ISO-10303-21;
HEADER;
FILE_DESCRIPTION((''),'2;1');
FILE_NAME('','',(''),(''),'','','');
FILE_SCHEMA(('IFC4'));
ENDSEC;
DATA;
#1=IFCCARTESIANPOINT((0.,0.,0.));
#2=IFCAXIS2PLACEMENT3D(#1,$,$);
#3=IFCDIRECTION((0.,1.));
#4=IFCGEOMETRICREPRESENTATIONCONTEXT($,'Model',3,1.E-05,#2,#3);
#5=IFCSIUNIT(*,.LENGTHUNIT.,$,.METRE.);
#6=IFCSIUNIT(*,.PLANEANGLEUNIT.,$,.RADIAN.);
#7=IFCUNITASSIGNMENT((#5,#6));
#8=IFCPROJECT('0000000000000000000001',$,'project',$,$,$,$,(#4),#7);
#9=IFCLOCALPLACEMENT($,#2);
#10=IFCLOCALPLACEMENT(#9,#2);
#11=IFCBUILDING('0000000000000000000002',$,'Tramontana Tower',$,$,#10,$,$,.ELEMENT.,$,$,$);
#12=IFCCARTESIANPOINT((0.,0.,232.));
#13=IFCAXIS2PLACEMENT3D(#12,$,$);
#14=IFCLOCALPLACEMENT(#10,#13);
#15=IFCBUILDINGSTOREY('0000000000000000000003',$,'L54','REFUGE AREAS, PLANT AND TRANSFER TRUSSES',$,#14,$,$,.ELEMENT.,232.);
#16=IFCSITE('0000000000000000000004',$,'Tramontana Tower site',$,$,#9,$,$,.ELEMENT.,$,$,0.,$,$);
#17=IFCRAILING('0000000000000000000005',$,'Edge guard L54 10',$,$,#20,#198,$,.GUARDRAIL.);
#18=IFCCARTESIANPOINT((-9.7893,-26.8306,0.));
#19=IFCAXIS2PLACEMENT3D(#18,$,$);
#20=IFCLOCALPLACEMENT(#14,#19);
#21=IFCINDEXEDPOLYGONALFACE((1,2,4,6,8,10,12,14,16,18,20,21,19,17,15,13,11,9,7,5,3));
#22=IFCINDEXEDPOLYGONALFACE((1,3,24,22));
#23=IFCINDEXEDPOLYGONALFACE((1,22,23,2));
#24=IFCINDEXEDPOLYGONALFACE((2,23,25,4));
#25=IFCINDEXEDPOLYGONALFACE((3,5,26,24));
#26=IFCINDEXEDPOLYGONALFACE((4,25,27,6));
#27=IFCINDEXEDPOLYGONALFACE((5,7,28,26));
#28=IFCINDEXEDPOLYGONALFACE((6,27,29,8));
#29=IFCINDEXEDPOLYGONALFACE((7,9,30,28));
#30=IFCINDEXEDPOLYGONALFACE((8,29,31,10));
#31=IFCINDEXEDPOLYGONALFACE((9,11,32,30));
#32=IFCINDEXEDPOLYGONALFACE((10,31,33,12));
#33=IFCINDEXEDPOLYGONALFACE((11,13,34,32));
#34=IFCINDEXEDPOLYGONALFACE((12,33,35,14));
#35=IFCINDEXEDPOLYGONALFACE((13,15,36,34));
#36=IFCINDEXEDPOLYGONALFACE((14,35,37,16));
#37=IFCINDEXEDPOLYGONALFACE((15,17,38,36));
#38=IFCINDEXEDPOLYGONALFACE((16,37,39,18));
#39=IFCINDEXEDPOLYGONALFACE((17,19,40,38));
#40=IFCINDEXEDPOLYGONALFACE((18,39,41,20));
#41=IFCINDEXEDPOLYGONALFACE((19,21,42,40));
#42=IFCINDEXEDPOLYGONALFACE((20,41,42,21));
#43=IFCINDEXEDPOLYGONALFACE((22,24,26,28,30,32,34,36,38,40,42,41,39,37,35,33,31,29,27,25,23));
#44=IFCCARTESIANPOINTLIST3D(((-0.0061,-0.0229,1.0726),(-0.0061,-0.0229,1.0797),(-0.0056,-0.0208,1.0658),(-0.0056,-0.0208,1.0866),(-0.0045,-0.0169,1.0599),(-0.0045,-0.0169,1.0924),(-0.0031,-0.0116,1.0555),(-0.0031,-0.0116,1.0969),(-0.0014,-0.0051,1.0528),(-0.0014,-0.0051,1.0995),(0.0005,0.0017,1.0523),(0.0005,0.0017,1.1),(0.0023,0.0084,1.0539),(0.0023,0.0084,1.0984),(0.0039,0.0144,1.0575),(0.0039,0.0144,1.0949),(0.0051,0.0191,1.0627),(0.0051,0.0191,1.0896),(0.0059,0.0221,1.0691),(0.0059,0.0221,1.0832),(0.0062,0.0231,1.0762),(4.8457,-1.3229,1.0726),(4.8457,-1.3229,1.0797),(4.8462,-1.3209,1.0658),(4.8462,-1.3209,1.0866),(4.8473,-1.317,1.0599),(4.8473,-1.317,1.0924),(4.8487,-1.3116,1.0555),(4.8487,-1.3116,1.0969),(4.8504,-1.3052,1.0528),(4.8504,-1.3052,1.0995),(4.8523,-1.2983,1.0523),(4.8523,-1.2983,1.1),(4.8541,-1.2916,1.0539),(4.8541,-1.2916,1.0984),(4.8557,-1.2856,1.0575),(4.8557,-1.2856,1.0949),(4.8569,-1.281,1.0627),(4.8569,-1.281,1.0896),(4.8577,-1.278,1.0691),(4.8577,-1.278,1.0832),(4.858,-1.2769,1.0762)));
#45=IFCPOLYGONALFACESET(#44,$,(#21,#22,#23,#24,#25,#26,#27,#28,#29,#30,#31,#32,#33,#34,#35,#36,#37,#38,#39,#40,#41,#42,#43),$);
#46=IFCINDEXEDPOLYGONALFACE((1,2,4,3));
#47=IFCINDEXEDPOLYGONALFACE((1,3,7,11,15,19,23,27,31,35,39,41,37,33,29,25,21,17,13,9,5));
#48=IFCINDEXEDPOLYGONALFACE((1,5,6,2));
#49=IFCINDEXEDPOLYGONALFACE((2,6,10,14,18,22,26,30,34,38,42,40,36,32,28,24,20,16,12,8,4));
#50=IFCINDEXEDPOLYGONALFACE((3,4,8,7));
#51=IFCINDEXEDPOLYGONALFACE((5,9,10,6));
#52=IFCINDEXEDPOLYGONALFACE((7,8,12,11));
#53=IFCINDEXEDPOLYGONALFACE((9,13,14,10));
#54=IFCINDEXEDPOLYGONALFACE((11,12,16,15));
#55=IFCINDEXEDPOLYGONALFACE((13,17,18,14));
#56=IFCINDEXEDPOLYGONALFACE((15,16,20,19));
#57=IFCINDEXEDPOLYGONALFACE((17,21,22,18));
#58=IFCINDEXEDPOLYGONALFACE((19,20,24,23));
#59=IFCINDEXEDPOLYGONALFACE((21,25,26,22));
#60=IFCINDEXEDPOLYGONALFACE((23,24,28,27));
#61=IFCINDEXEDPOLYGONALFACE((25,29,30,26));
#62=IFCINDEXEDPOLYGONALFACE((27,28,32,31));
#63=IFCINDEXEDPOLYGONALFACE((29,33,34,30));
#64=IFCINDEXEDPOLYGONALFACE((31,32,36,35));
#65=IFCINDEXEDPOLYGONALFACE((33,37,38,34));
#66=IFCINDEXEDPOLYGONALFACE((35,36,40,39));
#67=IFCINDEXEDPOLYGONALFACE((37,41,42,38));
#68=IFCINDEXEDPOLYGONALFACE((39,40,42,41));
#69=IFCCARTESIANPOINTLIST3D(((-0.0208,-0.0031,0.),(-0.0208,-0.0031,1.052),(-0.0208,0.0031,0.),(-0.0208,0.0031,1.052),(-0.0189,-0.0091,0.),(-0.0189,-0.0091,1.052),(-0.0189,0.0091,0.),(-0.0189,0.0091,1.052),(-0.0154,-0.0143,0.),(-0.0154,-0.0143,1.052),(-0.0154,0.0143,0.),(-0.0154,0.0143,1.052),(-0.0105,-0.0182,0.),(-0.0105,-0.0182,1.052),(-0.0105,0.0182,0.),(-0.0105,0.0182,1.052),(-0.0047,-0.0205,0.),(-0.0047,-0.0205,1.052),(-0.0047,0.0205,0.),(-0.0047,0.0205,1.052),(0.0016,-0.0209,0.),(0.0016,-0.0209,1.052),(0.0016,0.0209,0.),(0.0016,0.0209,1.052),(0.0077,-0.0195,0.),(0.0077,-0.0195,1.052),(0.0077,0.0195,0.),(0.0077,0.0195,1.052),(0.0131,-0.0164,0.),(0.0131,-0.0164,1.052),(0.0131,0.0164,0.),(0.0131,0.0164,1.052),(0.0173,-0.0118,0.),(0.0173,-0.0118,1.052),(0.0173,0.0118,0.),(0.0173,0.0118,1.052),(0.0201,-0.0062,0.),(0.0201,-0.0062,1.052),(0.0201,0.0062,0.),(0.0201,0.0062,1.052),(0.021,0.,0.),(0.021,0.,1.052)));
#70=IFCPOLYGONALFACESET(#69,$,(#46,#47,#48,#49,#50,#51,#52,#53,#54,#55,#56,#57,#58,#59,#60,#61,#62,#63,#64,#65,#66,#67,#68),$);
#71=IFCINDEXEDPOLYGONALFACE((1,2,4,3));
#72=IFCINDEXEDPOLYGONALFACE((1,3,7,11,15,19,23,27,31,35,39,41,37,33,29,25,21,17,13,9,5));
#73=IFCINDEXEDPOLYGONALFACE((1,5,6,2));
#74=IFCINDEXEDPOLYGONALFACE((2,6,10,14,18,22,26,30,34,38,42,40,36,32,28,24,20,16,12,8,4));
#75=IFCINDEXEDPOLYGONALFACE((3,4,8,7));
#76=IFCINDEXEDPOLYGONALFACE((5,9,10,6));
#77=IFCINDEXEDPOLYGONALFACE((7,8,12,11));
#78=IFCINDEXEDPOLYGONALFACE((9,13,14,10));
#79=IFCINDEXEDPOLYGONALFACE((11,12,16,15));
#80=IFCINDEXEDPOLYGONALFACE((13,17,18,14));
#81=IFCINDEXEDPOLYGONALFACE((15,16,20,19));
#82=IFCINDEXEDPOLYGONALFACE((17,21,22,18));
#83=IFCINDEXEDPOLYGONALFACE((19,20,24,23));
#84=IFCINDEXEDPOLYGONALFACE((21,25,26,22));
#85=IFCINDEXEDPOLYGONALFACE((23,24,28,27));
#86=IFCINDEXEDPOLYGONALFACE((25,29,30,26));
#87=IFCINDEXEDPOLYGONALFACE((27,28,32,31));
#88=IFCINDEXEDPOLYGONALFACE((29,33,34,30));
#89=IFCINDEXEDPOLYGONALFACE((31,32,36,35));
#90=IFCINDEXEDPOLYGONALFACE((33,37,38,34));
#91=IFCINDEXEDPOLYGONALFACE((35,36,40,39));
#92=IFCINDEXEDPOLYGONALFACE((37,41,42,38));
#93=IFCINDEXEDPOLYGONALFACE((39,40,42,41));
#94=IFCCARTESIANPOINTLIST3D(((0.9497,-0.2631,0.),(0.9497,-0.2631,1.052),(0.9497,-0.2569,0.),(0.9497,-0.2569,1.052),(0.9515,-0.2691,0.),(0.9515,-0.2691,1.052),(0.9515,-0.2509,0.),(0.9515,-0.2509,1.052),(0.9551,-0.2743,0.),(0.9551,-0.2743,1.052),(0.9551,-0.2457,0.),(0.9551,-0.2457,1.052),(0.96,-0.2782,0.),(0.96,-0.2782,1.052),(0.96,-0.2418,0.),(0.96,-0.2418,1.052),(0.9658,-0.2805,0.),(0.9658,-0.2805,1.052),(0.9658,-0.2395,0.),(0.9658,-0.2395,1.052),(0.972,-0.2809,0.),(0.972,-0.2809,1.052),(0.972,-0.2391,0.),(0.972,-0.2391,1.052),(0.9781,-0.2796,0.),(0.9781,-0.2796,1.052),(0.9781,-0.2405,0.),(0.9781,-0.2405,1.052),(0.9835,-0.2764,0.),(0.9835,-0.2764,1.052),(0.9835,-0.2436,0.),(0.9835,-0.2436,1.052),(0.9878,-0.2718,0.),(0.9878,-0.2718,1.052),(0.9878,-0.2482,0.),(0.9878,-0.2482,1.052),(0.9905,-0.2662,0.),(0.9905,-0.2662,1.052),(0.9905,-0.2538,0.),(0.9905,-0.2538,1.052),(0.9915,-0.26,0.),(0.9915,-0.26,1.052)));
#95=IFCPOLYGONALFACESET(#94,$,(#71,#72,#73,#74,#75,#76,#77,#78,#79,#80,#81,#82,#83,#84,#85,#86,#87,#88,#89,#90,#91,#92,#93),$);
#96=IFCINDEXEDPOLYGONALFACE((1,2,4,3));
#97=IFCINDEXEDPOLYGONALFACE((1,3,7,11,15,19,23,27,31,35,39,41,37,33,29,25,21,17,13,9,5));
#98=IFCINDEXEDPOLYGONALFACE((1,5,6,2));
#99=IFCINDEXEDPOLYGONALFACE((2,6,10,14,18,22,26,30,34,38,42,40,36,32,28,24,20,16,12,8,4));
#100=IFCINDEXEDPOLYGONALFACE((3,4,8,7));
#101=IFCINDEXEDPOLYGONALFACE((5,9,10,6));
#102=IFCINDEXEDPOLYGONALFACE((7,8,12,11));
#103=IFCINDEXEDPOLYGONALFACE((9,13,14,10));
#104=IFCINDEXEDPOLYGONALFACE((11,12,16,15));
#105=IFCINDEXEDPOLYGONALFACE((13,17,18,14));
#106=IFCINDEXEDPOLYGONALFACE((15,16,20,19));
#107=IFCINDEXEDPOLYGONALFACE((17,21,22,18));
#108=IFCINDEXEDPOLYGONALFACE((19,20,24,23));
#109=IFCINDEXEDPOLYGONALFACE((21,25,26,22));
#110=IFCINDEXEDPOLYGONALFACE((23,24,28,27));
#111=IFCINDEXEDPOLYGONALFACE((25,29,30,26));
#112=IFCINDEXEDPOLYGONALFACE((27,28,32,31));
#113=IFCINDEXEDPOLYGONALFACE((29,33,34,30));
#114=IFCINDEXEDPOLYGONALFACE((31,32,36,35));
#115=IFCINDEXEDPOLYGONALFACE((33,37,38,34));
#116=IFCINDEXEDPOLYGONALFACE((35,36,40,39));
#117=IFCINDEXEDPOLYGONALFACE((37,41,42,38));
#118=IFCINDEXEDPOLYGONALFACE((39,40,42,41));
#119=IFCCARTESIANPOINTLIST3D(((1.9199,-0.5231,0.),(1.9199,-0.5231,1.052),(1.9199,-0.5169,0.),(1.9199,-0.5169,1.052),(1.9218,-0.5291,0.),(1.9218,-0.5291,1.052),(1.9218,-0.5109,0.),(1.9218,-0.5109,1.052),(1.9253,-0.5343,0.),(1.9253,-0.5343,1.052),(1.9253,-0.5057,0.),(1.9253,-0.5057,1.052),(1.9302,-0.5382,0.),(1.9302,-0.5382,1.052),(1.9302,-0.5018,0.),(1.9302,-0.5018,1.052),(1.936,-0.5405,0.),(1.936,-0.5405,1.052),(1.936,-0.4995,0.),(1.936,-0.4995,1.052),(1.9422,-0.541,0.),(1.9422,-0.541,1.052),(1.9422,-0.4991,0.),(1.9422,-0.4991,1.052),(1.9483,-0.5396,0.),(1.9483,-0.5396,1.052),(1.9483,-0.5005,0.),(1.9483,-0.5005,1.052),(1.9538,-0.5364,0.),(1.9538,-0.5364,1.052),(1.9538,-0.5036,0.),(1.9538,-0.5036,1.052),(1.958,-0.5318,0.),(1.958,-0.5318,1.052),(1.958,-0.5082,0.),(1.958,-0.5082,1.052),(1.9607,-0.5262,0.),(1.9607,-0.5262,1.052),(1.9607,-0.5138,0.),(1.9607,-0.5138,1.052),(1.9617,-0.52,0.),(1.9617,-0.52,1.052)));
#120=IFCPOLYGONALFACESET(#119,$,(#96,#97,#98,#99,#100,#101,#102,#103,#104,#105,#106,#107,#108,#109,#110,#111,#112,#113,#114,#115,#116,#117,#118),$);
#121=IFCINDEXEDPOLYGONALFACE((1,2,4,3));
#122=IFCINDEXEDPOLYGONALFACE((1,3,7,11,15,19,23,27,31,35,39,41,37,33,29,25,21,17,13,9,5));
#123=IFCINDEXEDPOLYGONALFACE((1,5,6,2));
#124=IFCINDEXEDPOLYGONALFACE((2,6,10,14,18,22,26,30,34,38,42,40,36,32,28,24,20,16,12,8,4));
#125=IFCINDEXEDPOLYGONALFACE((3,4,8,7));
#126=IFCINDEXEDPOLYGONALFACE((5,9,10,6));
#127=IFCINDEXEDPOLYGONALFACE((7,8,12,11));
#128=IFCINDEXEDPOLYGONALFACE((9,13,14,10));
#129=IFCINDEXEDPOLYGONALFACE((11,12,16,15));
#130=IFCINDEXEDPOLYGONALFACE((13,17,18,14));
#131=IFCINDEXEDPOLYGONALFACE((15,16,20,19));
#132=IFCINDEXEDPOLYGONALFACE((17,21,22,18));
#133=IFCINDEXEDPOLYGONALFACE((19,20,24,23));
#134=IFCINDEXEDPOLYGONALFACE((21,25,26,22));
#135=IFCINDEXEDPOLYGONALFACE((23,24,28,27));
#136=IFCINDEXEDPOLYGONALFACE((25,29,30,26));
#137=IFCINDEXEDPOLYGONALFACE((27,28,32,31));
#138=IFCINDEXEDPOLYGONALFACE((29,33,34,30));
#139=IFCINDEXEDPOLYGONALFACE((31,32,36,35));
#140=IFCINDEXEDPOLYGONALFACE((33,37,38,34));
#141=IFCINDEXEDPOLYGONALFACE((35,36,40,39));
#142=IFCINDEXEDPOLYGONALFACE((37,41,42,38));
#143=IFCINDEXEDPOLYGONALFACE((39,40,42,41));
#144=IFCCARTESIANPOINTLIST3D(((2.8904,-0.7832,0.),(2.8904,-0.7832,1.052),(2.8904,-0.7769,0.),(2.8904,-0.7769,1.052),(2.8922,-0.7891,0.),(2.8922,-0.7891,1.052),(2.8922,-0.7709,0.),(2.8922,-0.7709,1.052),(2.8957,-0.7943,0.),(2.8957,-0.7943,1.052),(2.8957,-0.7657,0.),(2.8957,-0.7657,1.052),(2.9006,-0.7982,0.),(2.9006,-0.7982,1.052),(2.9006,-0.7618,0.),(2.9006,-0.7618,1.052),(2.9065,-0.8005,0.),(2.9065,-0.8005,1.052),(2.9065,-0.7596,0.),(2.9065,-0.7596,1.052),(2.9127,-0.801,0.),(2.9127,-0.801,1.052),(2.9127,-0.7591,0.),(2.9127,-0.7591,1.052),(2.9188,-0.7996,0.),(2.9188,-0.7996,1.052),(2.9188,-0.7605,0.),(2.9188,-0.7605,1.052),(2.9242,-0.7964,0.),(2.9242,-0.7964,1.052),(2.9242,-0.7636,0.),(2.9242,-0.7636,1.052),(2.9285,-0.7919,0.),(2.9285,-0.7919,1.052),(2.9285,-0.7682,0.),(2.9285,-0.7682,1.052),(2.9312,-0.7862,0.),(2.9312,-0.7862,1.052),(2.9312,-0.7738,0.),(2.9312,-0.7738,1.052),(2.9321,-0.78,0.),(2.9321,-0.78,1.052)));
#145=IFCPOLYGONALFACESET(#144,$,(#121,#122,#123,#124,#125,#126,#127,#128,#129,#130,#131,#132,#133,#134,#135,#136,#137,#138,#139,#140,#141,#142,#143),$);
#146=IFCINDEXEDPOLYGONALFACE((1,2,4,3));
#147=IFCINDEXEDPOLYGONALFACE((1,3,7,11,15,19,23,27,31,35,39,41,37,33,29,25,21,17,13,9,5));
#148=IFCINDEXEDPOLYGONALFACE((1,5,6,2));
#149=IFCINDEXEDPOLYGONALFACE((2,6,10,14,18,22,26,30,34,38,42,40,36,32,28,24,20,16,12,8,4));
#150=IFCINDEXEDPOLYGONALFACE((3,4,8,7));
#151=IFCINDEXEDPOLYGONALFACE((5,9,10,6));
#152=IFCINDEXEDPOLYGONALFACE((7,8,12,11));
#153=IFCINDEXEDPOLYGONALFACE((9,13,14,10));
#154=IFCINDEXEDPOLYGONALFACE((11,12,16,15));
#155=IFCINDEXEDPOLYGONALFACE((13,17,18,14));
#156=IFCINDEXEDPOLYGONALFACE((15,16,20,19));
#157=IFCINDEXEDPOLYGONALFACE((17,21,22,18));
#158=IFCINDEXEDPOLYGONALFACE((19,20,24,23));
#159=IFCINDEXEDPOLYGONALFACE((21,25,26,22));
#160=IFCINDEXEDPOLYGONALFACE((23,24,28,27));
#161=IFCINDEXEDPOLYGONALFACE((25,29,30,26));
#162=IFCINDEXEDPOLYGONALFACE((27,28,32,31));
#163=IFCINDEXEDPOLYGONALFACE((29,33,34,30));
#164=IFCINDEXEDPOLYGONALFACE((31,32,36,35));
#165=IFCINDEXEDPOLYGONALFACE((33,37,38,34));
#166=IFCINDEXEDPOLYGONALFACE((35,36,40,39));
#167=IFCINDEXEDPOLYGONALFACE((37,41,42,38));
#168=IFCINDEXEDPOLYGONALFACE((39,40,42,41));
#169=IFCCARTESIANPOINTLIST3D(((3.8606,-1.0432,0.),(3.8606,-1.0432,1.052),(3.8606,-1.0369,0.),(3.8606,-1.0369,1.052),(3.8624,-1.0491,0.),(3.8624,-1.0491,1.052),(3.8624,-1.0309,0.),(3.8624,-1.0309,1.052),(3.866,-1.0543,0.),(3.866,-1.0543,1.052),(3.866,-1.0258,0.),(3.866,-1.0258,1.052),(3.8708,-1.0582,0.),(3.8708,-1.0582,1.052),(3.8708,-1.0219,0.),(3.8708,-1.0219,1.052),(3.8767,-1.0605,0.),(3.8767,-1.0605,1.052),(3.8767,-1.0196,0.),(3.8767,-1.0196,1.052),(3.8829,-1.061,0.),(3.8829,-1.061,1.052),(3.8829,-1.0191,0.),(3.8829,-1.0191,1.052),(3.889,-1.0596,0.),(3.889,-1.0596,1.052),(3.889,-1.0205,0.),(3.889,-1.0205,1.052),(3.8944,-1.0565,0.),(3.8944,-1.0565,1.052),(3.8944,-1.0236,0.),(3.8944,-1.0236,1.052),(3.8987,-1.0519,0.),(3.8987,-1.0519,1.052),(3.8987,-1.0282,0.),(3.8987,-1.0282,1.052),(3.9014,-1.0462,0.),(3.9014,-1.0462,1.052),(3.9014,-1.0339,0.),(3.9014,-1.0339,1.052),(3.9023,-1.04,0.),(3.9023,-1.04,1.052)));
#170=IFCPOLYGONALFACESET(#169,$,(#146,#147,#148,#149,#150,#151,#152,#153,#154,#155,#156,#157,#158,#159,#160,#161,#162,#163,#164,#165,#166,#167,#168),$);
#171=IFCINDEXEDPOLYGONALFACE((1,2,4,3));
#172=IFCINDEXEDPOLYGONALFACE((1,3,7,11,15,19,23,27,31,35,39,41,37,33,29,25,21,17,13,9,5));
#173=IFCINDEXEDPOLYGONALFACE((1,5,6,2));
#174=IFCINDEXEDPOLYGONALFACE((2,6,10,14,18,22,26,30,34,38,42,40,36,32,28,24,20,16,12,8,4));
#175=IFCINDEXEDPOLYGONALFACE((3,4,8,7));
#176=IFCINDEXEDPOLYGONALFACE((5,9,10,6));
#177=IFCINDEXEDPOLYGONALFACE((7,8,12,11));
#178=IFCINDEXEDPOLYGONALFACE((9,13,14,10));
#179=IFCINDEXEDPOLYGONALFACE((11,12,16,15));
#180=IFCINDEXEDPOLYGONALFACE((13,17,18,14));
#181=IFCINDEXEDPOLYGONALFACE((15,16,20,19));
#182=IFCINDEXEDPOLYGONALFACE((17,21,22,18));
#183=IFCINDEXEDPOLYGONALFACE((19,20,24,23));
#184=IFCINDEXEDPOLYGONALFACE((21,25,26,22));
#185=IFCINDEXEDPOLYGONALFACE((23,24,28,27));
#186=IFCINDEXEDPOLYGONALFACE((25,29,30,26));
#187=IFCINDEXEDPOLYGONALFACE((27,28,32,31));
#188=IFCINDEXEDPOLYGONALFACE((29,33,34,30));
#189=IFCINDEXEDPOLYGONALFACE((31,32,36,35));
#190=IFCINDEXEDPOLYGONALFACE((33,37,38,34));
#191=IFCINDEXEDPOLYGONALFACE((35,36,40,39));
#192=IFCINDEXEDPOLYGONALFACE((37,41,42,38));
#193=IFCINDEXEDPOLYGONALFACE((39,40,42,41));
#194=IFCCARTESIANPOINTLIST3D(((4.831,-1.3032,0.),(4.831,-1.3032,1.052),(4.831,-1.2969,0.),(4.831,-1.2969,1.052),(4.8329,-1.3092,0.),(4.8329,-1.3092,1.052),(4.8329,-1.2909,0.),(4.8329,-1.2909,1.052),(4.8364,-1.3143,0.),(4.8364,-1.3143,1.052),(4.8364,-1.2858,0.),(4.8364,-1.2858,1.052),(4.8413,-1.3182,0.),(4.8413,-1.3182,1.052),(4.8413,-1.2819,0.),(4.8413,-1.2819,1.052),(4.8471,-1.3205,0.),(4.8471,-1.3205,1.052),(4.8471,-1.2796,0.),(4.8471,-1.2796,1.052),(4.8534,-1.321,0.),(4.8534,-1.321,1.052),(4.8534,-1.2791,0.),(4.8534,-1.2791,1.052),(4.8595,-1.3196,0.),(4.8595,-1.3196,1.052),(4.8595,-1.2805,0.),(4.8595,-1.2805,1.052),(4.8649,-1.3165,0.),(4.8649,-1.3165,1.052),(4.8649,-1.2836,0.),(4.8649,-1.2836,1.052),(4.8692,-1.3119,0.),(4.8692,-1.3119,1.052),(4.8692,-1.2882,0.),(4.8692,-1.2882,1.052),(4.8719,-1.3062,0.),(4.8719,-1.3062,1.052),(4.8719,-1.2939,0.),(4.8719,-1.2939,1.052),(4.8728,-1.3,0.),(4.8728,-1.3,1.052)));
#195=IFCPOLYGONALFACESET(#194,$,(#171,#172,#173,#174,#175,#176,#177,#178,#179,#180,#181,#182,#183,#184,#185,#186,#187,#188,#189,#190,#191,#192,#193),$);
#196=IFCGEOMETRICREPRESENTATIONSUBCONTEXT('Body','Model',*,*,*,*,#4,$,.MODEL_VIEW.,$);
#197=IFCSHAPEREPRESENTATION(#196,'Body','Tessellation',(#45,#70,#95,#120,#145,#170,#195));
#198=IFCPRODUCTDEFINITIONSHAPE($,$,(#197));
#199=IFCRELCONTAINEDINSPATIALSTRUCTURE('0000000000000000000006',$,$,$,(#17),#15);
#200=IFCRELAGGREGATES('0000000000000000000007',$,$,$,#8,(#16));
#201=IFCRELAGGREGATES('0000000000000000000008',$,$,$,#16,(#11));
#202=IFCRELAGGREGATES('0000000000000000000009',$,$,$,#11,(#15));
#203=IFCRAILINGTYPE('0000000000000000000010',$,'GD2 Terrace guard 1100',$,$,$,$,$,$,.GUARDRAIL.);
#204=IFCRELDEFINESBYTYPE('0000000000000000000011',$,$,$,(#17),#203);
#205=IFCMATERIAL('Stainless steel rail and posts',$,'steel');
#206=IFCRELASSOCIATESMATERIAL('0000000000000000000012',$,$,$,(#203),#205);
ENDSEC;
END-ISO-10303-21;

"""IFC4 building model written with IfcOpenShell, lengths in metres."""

from ifc_helpers import new_model, si_unit, direction, frame, origin, origin_2d, place, context, subcontext, project, spatial, circle, extrude, material, type_object, element, save


model = new_model("IFC4")

# Units and contexts
model_context = context("Model", 3, precision=1e-05, world=origin(), true_north=direction((0.0, 1.0)))
body_context = subcontext(model_context, "Body", "Model", "MODEL_VIEW")
ifc_project = project(units=[si_unit("LENGTHUNIT", "METRE"), si_unit("PLANEANGLEUNIT", "RADIAN")], contexts=[model_context])

# Site, building, storey
site_placement = place(None, origin())
site = spatial("IfcSite", under=ifc_project, at=site_placement, Name="Tramontana Tower site", CompositionType="ELEMENT", RefElevation=0.0)
building_placement = place(site_placement, origin())
building = spatial("IfcBuilding", under=site, at=building_placement, Name="Tramontana Tower", CompositionType="ELEMENT")
storey_placement = place(building_placement, frame((0.0, 0.0, 232.0)))
storey = spatial("IfcBuildingStorey", under=building, at=storey_placement, Name="L54", Description="REFUGE AREAS, PLANT AND TRANSFER TRUSSES", CompositionType="ELEMENT", Elevation=232.0)

# Railing
ifc_material_1 = material(Name="Stainless steel rail and posts", Category="steel")
railing_type = type_object("IfcRailingType", Name="GD2 Terrace guard 1100", PredefinedType="GUARDRAIL", material=ifc_material_1)
railing_1_placement = place(storey_placement, frame((-9.7893, -26.8306, 0.0)))
element("IfcRailing", 1, at=railing_1_placement, inside=storey, type_object=railing_type, Name="Edge guard L54 10", PredefinedType="GUARDRAIL", context=body_context, shape_type="SweptSolid", body=[
    extrude(circle(Radius=0.0239, at=origin_2d()), frame((0.0, 0.0, 1.0762), z_axis=(0.965925, -0.258821, 0.0), x_axis=(0.258821, 0.965925, 0.0)), (0.0, 0.0, 1.0), 5.0229),
    extrude(circle(Radius=0.021, at=origin_2d()), origin(), (0.0, 0.0, 1.0), 1.052),
    extrude(circle(Radius=0.021, at=origin_2d()), frame((0.9705, -0.26, 0.0)), (0.0, 0.0, 1.0), 1.052),
    extrude(circle(Radius=0.021, at=origin_2d()), frame((1.9407, -0.52, 0.0)), (0.0, 0.0, 1.0), 1.052),
    extrude(circle(Radius=0.021, at=origin_2d()), frame((2.9111, -0.78, 0.0)), (0.0, 0.0, 1.0), 1.052),
    extrude(circle(Radius=0.021, at=origin_2d()), frame((3.8813, -1.04, 0.0)), (0.0, 0.0, 1.0), 1.052),
    extrude(circle(Radius=0.021, at=origin_2d()), frame((4.8518, -1.3, 0.0)), (0.0, 0.0, 1.0), 1.052),
])

save(model, "model.ifc")
